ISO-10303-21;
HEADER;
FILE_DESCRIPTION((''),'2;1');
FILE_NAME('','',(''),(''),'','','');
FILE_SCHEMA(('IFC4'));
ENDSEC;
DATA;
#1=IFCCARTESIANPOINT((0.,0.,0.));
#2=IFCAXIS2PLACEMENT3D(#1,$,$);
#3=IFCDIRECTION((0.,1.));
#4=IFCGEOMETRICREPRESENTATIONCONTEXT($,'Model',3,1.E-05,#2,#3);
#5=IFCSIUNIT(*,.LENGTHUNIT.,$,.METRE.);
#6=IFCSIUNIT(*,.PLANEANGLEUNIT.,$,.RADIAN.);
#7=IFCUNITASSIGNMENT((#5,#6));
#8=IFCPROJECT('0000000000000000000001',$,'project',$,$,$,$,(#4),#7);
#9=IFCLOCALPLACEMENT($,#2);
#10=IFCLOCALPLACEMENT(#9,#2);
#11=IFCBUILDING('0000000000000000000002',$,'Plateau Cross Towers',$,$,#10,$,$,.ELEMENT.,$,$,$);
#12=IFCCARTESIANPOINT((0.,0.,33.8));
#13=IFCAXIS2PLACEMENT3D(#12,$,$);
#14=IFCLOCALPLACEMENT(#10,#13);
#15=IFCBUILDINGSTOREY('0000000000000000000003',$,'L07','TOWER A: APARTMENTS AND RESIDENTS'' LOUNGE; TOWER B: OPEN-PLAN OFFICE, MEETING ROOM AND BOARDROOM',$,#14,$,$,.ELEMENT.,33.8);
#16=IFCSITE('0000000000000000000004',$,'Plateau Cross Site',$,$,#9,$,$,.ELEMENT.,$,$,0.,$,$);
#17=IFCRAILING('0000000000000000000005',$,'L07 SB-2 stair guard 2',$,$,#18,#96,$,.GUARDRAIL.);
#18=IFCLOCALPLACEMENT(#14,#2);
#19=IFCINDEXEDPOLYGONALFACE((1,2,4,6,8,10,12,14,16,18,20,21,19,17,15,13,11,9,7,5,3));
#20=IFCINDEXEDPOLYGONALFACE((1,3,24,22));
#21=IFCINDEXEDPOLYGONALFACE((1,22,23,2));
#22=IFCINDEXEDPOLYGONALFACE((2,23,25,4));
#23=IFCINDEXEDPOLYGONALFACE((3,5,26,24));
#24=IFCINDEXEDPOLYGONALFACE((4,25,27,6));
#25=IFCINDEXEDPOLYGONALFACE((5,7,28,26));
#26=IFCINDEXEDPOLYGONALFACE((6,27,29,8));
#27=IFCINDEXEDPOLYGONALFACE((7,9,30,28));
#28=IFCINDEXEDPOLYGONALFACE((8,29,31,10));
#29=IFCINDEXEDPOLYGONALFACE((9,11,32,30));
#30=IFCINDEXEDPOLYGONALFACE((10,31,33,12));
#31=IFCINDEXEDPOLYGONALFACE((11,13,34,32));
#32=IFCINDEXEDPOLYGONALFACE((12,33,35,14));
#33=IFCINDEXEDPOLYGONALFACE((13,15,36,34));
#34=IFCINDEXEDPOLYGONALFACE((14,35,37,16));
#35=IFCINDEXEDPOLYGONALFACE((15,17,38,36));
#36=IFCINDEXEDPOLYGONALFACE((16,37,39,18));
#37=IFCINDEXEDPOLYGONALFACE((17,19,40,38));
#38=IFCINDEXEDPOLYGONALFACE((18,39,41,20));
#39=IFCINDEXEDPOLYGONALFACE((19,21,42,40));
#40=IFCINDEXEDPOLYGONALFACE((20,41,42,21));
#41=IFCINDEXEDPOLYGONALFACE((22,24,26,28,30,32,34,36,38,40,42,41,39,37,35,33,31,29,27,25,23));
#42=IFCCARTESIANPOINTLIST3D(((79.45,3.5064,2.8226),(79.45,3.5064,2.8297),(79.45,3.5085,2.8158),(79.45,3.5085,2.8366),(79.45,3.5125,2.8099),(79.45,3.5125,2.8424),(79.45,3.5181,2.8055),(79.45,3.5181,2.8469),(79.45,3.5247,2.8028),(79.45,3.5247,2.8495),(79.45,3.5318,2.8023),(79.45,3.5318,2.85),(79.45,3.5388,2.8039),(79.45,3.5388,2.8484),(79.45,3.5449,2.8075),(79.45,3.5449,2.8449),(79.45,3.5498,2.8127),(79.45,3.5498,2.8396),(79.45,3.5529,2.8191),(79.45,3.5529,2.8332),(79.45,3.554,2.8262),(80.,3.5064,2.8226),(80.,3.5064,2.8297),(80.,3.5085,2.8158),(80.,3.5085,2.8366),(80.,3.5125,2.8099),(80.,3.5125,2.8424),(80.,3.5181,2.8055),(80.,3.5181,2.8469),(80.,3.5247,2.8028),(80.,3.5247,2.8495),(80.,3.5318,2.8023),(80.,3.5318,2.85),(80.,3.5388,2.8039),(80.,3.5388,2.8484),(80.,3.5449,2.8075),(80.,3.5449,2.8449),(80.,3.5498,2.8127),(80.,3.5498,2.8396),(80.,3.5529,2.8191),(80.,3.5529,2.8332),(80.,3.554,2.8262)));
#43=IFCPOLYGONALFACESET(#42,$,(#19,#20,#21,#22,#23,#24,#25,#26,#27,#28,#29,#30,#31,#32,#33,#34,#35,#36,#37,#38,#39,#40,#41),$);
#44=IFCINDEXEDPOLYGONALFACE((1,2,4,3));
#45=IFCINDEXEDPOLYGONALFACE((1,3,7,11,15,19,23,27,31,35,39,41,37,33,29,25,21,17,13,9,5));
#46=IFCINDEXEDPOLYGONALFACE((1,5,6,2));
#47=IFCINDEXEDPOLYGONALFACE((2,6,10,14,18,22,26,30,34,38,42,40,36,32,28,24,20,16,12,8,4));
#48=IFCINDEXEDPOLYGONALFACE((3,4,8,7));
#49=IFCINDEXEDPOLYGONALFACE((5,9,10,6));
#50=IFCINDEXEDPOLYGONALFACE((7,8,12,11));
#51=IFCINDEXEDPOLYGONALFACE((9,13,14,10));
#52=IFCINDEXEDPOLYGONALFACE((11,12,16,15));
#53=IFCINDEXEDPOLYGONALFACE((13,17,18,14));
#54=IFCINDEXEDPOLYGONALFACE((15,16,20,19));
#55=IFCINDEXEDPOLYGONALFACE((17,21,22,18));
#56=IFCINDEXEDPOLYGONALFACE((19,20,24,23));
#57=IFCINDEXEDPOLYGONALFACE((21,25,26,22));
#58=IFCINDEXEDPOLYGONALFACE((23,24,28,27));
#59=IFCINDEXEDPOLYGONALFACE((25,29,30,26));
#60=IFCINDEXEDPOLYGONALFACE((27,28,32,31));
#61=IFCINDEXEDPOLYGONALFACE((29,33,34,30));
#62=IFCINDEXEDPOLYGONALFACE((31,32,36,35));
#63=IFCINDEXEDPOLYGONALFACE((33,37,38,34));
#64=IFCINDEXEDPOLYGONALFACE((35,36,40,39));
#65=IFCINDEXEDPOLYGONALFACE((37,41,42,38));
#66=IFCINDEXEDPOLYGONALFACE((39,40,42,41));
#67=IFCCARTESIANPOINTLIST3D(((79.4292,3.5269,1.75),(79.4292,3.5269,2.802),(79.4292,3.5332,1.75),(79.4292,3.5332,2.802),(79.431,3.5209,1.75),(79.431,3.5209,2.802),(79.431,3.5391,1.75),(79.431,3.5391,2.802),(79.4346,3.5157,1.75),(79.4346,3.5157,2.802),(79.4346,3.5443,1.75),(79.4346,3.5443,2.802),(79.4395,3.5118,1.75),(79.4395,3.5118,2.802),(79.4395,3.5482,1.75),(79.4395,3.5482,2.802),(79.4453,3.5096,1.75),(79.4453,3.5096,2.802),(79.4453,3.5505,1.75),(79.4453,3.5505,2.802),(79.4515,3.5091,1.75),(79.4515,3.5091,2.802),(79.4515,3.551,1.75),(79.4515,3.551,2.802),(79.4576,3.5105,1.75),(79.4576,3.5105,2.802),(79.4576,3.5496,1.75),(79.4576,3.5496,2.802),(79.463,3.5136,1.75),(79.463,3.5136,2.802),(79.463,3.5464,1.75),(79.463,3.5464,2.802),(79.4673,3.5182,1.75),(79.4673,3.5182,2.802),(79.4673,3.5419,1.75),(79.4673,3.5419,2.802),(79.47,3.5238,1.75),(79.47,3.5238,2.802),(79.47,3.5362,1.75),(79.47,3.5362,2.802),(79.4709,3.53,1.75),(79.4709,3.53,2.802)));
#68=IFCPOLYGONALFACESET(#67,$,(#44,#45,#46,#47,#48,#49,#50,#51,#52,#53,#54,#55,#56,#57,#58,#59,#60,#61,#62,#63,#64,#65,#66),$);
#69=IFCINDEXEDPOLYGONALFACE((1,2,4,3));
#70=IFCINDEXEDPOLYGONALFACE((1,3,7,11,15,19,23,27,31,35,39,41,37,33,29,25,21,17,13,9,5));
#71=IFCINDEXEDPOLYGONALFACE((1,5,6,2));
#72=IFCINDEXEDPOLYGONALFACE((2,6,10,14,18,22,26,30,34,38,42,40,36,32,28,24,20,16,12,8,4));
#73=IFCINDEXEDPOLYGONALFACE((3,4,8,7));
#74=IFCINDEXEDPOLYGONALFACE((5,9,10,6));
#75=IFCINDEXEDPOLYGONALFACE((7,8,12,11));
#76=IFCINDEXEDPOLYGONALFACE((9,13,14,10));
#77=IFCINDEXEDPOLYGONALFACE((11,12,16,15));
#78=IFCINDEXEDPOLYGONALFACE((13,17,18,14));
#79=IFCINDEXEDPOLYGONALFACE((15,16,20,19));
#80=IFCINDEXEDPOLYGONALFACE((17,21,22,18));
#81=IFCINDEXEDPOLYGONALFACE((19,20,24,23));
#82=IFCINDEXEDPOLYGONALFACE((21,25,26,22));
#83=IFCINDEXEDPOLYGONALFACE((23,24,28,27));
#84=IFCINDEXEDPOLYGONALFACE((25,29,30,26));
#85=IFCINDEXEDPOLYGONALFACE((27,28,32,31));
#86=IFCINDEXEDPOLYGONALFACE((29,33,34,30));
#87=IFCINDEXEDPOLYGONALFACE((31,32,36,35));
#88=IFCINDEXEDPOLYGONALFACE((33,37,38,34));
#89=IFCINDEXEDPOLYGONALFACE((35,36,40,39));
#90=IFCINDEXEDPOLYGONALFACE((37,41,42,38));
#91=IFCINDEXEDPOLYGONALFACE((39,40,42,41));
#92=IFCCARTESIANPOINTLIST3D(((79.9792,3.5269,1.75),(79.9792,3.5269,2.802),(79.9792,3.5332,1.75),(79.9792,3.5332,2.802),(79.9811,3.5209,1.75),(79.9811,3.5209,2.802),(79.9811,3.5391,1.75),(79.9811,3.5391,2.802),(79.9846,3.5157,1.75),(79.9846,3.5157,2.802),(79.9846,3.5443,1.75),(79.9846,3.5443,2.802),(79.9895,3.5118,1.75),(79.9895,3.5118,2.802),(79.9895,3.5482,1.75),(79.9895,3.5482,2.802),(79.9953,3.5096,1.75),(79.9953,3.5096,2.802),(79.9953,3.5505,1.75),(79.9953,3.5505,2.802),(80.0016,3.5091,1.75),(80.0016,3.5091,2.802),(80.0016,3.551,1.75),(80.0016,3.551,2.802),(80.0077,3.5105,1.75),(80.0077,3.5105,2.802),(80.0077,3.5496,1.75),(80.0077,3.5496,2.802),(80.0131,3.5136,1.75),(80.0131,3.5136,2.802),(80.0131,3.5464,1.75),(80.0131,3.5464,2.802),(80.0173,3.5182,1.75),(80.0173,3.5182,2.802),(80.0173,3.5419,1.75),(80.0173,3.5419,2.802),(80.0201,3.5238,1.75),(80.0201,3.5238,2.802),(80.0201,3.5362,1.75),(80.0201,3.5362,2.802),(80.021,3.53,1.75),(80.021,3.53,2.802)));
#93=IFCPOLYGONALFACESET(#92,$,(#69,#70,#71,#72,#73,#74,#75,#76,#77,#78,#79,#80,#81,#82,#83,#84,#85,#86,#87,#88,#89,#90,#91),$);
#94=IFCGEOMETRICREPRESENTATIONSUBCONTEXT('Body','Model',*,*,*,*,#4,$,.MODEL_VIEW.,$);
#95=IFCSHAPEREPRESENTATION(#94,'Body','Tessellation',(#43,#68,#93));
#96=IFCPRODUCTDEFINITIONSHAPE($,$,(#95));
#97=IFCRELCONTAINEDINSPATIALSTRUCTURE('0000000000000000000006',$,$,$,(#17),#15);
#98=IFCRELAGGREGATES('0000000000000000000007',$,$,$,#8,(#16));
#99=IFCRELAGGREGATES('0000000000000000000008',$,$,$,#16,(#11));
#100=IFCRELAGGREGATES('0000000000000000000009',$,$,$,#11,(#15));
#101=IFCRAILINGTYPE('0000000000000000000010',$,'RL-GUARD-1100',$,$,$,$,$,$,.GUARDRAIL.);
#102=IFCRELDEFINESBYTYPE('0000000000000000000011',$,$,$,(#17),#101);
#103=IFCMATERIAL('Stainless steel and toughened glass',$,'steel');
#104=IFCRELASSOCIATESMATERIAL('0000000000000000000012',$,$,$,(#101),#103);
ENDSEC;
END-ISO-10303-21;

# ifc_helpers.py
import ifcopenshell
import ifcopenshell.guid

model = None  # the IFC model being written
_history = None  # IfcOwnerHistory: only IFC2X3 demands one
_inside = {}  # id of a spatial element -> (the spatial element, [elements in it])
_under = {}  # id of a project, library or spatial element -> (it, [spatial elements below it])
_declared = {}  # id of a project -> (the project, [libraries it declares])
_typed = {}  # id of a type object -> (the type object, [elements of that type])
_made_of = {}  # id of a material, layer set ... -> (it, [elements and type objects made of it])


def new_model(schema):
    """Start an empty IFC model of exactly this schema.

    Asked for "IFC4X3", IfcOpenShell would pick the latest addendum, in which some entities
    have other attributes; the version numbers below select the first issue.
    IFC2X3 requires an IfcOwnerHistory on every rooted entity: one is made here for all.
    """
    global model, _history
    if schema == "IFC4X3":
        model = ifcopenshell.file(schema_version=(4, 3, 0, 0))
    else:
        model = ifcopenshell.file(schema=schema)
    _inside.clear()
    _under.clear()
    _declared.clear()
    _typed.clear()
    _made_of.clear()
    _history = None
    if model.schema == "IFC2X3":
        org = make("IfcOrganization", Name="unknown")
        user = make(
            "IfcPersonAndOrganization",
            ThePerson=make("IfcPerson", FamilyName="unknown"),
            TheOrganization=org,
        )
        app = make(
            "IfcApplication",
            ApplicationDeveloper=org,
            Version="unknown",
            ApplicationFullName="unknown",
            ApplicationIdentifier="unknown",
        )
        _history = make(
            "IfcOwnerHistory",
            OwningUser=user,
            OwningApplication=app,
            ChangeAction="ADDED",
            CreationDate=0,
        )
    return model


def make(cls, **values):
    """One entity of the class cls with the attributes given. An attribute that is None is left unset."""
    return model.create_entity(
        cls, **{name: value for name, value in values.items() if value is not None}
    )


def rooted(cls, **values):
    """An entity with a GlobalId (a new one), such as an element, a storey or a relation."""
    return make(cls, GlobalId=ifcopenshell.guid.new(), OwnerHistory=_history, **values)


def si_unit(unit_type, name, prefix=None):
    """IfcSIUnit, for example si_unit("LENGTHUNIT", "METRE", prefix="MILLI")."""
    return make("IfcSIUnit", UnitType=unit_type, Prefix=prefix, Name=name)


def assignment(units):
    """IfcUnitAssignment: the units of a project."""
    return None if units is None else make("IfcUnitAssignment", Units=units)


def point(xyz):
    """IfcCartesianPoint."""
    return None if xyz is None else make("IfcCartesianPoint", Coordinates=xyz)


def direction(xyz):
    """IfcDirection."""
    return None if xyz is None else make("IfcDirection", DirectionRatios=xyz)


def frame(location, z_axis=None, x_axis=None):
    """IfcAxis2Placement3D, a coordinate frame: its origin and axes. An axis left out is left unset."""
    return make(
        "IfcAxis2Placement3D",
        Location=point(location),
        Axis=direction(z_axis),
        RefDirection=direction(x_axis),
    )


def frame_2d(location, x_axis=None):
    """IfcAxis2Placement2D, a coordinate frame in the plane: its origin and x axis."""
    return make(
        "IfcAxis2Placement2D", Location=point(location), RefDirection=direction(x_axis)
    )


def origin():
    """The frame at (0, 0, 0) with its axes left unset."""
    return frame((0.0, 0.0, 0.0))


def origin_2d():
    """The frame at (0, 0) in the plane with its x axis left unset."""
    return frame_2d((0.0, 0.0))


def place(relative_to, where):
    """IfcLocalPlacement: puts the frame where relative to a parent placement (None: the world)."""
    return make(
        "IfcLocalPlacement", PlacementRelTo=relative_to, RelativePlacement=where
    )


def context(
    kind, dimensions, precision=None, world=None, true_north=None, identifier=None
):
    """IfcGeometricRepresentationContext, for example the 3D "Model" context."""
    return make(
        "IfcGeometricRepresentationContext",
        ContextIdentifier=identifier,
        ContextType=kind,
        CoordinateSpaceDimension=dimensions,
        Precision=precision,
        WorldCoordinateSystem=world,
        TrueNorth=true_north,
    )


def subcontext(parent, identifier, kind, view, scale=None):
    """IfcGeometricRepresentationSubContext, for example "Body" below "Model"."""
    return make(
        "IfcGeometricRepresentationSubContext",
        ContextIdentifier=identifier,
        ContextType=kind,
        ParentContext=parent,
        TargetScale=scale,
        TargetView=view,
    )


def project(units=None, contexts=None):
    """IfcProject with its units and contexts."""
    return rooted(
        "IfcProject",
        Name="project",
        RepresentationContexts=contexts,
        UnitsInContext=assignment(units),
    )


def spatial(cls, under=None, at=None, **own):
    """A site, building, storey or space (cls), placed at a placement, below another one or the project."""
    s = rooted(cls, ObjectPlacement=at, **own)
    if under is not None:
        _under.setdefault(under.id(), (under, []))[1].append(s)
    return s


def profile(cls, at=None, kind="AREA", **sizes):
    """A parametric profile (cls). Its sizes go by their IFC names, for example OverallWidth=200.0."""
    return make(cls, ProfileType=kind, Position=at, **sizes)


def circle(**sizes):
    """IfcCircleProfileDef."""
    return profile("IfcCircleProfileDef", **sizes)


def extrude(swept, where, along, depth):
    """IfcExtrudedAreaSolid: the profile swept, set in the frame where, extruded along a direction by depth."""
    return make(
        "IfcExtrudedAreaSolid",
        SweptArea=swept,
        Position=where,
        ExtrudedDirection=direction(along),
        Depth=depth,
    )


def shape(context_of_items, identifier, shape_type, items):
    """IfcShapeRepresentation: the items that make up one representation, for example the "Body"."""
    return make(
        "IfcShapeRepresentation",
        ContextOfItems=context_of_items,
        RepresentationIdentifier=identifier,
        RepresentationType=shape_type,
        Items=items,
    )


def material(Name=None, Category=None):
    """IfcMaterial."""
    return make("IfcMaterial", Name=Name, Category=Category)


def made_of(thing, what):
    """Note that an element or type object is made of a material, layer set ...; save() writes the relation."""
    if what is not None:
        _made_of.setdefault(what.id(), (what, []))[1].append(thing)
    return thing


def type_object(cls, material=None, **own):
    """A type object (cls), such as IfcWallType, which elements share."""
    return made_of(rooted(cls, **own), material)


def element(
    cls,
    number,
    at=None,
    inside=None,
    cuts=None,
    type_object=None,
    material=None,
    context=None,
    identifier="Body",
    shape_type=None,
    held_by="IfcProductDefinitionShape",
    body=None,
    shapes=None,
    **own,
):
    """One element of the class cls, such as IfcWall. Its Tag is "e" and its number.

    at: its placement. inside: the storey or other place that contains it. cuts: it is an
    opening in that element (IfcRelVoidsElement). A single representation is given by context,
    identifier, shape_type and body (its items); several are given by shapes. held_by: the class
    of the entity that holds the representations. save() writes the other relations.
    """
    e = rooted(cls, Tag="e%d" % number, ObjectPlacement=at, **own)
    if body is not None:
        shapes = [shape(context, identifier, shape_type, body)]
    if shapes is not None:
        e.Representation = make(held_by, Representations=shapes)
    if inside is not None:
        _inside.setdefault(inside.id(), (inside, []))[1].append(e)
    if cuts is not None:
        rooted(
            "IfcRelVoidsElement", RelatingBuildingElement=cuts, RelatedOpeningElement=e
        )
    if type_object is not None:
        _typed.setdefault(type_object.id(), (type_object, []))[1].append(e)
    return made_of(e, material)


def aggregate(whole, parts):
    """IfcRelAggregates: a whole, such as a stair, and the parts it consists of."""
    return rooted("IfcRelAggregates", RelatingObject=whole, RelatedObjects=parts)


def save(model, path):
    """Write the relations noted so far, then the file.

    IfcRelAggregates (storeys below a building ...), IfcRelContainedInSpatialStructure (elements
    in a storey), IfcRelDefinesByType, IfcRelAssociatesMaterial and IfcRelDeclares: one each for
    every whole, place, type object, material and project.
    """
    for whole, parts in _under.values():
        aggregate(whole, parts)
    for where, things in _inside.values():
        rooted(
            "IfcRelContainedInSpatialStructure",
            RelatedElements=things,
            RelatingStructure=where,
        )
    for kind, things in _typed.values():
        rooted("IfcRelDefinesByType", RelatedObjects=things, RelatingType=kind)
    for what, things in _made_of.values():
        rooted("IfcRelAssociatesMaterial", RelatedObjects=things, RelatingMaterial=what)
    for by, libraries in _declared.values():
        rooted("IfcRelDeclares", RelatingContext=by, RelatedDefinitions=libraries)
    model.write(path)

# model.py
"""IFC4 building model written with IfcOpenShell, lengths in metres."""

from ifc_helpers import new_model, si_unit, direction, frame, origin, origin_2d, place, context, subcontext, project, spatial, circle, extrude, material, type_object, element, save


model = new_model("IFC4")

# Units and contexts
model_context = context("Model", 3, precision=1e-05, world=origin(), true_north=direction((0.0, 1.0)))
body_context = subcontext(model_context, "Body", "Model", "MODEL_VIEW")
ifc_project = project(units=[si_unit("LENGTHUNIT", "METRE"), si_unit("PLANEANGLEUNIT", "RADIAN")], contexts=[model_context])

# Site, building, storey
site_placement = place(None, origin())
site = spatial("IfcSite", under=ifc_project, at=site_placement, Name="Plateau Cross Site", CompositionType="ELEMENT", RefElevation=0.0)
building_placement = place(site_placement, origin())
building = spatial("IfcBuilding", under=site, at=building_placement, Name="Plateau Cross Towers", CompositionType="ELEMENT")
storey_placement = place(building_placement, frame((0.0, 0.0, 33.8)))
storey = spatial("IfcBuildingStorey", under=building, at=storey_placement, Name="L07", Description="TOWER A: APARTMENTS AND RESIDENTS' LOUNGE; TOWER B: OPEN-PLAN OFFICE, MEETING ROOM AND BOARDROOM", CompositionType="ELEMENT", Elevation=33.8)

# Railing
ifc_material_1 = material(Name="Stainless steel and toughened glass", Category="steel")
railing_type_1 = type_object("IfcRailingType", Name="RL-GUARD-1100", PredefinedType="GUARDRAIL", material=ifc_material_1)
railing_1_placement = place(storey_placement, frame((79.45, 3.53, 1.75)))
element("IfcRailing", 1, at=railing_1_placement, inside=storey, type_object=railing_type_1, Name="L07 SB-2 stair guard 2", PredefinedType="GUARDRAIL", context=body_context, shape_type="SweptSolid", body=[
    extrude(circle(Radius=0.0239, at=origin_2d()), frame((0.0, 0.0, 1.0762), z_axis=(1.0, 0.0, 0.0), x_axis=(0.0, 1.0, 0.0)), (0.0, 0.0, 1.0), 0.55),
    extrude(circle(Radius=0.021, at=origin_2d()), origin(), (0.0, 0.0, 1.0), 1.052),
    extrude(circle(Radius=0.021, at=origin_2d()), frame((0.55, 0.0, 0.0)), (0.0, 0.0, 1.0), 1.052),
])

save(model, "model.ifc")
